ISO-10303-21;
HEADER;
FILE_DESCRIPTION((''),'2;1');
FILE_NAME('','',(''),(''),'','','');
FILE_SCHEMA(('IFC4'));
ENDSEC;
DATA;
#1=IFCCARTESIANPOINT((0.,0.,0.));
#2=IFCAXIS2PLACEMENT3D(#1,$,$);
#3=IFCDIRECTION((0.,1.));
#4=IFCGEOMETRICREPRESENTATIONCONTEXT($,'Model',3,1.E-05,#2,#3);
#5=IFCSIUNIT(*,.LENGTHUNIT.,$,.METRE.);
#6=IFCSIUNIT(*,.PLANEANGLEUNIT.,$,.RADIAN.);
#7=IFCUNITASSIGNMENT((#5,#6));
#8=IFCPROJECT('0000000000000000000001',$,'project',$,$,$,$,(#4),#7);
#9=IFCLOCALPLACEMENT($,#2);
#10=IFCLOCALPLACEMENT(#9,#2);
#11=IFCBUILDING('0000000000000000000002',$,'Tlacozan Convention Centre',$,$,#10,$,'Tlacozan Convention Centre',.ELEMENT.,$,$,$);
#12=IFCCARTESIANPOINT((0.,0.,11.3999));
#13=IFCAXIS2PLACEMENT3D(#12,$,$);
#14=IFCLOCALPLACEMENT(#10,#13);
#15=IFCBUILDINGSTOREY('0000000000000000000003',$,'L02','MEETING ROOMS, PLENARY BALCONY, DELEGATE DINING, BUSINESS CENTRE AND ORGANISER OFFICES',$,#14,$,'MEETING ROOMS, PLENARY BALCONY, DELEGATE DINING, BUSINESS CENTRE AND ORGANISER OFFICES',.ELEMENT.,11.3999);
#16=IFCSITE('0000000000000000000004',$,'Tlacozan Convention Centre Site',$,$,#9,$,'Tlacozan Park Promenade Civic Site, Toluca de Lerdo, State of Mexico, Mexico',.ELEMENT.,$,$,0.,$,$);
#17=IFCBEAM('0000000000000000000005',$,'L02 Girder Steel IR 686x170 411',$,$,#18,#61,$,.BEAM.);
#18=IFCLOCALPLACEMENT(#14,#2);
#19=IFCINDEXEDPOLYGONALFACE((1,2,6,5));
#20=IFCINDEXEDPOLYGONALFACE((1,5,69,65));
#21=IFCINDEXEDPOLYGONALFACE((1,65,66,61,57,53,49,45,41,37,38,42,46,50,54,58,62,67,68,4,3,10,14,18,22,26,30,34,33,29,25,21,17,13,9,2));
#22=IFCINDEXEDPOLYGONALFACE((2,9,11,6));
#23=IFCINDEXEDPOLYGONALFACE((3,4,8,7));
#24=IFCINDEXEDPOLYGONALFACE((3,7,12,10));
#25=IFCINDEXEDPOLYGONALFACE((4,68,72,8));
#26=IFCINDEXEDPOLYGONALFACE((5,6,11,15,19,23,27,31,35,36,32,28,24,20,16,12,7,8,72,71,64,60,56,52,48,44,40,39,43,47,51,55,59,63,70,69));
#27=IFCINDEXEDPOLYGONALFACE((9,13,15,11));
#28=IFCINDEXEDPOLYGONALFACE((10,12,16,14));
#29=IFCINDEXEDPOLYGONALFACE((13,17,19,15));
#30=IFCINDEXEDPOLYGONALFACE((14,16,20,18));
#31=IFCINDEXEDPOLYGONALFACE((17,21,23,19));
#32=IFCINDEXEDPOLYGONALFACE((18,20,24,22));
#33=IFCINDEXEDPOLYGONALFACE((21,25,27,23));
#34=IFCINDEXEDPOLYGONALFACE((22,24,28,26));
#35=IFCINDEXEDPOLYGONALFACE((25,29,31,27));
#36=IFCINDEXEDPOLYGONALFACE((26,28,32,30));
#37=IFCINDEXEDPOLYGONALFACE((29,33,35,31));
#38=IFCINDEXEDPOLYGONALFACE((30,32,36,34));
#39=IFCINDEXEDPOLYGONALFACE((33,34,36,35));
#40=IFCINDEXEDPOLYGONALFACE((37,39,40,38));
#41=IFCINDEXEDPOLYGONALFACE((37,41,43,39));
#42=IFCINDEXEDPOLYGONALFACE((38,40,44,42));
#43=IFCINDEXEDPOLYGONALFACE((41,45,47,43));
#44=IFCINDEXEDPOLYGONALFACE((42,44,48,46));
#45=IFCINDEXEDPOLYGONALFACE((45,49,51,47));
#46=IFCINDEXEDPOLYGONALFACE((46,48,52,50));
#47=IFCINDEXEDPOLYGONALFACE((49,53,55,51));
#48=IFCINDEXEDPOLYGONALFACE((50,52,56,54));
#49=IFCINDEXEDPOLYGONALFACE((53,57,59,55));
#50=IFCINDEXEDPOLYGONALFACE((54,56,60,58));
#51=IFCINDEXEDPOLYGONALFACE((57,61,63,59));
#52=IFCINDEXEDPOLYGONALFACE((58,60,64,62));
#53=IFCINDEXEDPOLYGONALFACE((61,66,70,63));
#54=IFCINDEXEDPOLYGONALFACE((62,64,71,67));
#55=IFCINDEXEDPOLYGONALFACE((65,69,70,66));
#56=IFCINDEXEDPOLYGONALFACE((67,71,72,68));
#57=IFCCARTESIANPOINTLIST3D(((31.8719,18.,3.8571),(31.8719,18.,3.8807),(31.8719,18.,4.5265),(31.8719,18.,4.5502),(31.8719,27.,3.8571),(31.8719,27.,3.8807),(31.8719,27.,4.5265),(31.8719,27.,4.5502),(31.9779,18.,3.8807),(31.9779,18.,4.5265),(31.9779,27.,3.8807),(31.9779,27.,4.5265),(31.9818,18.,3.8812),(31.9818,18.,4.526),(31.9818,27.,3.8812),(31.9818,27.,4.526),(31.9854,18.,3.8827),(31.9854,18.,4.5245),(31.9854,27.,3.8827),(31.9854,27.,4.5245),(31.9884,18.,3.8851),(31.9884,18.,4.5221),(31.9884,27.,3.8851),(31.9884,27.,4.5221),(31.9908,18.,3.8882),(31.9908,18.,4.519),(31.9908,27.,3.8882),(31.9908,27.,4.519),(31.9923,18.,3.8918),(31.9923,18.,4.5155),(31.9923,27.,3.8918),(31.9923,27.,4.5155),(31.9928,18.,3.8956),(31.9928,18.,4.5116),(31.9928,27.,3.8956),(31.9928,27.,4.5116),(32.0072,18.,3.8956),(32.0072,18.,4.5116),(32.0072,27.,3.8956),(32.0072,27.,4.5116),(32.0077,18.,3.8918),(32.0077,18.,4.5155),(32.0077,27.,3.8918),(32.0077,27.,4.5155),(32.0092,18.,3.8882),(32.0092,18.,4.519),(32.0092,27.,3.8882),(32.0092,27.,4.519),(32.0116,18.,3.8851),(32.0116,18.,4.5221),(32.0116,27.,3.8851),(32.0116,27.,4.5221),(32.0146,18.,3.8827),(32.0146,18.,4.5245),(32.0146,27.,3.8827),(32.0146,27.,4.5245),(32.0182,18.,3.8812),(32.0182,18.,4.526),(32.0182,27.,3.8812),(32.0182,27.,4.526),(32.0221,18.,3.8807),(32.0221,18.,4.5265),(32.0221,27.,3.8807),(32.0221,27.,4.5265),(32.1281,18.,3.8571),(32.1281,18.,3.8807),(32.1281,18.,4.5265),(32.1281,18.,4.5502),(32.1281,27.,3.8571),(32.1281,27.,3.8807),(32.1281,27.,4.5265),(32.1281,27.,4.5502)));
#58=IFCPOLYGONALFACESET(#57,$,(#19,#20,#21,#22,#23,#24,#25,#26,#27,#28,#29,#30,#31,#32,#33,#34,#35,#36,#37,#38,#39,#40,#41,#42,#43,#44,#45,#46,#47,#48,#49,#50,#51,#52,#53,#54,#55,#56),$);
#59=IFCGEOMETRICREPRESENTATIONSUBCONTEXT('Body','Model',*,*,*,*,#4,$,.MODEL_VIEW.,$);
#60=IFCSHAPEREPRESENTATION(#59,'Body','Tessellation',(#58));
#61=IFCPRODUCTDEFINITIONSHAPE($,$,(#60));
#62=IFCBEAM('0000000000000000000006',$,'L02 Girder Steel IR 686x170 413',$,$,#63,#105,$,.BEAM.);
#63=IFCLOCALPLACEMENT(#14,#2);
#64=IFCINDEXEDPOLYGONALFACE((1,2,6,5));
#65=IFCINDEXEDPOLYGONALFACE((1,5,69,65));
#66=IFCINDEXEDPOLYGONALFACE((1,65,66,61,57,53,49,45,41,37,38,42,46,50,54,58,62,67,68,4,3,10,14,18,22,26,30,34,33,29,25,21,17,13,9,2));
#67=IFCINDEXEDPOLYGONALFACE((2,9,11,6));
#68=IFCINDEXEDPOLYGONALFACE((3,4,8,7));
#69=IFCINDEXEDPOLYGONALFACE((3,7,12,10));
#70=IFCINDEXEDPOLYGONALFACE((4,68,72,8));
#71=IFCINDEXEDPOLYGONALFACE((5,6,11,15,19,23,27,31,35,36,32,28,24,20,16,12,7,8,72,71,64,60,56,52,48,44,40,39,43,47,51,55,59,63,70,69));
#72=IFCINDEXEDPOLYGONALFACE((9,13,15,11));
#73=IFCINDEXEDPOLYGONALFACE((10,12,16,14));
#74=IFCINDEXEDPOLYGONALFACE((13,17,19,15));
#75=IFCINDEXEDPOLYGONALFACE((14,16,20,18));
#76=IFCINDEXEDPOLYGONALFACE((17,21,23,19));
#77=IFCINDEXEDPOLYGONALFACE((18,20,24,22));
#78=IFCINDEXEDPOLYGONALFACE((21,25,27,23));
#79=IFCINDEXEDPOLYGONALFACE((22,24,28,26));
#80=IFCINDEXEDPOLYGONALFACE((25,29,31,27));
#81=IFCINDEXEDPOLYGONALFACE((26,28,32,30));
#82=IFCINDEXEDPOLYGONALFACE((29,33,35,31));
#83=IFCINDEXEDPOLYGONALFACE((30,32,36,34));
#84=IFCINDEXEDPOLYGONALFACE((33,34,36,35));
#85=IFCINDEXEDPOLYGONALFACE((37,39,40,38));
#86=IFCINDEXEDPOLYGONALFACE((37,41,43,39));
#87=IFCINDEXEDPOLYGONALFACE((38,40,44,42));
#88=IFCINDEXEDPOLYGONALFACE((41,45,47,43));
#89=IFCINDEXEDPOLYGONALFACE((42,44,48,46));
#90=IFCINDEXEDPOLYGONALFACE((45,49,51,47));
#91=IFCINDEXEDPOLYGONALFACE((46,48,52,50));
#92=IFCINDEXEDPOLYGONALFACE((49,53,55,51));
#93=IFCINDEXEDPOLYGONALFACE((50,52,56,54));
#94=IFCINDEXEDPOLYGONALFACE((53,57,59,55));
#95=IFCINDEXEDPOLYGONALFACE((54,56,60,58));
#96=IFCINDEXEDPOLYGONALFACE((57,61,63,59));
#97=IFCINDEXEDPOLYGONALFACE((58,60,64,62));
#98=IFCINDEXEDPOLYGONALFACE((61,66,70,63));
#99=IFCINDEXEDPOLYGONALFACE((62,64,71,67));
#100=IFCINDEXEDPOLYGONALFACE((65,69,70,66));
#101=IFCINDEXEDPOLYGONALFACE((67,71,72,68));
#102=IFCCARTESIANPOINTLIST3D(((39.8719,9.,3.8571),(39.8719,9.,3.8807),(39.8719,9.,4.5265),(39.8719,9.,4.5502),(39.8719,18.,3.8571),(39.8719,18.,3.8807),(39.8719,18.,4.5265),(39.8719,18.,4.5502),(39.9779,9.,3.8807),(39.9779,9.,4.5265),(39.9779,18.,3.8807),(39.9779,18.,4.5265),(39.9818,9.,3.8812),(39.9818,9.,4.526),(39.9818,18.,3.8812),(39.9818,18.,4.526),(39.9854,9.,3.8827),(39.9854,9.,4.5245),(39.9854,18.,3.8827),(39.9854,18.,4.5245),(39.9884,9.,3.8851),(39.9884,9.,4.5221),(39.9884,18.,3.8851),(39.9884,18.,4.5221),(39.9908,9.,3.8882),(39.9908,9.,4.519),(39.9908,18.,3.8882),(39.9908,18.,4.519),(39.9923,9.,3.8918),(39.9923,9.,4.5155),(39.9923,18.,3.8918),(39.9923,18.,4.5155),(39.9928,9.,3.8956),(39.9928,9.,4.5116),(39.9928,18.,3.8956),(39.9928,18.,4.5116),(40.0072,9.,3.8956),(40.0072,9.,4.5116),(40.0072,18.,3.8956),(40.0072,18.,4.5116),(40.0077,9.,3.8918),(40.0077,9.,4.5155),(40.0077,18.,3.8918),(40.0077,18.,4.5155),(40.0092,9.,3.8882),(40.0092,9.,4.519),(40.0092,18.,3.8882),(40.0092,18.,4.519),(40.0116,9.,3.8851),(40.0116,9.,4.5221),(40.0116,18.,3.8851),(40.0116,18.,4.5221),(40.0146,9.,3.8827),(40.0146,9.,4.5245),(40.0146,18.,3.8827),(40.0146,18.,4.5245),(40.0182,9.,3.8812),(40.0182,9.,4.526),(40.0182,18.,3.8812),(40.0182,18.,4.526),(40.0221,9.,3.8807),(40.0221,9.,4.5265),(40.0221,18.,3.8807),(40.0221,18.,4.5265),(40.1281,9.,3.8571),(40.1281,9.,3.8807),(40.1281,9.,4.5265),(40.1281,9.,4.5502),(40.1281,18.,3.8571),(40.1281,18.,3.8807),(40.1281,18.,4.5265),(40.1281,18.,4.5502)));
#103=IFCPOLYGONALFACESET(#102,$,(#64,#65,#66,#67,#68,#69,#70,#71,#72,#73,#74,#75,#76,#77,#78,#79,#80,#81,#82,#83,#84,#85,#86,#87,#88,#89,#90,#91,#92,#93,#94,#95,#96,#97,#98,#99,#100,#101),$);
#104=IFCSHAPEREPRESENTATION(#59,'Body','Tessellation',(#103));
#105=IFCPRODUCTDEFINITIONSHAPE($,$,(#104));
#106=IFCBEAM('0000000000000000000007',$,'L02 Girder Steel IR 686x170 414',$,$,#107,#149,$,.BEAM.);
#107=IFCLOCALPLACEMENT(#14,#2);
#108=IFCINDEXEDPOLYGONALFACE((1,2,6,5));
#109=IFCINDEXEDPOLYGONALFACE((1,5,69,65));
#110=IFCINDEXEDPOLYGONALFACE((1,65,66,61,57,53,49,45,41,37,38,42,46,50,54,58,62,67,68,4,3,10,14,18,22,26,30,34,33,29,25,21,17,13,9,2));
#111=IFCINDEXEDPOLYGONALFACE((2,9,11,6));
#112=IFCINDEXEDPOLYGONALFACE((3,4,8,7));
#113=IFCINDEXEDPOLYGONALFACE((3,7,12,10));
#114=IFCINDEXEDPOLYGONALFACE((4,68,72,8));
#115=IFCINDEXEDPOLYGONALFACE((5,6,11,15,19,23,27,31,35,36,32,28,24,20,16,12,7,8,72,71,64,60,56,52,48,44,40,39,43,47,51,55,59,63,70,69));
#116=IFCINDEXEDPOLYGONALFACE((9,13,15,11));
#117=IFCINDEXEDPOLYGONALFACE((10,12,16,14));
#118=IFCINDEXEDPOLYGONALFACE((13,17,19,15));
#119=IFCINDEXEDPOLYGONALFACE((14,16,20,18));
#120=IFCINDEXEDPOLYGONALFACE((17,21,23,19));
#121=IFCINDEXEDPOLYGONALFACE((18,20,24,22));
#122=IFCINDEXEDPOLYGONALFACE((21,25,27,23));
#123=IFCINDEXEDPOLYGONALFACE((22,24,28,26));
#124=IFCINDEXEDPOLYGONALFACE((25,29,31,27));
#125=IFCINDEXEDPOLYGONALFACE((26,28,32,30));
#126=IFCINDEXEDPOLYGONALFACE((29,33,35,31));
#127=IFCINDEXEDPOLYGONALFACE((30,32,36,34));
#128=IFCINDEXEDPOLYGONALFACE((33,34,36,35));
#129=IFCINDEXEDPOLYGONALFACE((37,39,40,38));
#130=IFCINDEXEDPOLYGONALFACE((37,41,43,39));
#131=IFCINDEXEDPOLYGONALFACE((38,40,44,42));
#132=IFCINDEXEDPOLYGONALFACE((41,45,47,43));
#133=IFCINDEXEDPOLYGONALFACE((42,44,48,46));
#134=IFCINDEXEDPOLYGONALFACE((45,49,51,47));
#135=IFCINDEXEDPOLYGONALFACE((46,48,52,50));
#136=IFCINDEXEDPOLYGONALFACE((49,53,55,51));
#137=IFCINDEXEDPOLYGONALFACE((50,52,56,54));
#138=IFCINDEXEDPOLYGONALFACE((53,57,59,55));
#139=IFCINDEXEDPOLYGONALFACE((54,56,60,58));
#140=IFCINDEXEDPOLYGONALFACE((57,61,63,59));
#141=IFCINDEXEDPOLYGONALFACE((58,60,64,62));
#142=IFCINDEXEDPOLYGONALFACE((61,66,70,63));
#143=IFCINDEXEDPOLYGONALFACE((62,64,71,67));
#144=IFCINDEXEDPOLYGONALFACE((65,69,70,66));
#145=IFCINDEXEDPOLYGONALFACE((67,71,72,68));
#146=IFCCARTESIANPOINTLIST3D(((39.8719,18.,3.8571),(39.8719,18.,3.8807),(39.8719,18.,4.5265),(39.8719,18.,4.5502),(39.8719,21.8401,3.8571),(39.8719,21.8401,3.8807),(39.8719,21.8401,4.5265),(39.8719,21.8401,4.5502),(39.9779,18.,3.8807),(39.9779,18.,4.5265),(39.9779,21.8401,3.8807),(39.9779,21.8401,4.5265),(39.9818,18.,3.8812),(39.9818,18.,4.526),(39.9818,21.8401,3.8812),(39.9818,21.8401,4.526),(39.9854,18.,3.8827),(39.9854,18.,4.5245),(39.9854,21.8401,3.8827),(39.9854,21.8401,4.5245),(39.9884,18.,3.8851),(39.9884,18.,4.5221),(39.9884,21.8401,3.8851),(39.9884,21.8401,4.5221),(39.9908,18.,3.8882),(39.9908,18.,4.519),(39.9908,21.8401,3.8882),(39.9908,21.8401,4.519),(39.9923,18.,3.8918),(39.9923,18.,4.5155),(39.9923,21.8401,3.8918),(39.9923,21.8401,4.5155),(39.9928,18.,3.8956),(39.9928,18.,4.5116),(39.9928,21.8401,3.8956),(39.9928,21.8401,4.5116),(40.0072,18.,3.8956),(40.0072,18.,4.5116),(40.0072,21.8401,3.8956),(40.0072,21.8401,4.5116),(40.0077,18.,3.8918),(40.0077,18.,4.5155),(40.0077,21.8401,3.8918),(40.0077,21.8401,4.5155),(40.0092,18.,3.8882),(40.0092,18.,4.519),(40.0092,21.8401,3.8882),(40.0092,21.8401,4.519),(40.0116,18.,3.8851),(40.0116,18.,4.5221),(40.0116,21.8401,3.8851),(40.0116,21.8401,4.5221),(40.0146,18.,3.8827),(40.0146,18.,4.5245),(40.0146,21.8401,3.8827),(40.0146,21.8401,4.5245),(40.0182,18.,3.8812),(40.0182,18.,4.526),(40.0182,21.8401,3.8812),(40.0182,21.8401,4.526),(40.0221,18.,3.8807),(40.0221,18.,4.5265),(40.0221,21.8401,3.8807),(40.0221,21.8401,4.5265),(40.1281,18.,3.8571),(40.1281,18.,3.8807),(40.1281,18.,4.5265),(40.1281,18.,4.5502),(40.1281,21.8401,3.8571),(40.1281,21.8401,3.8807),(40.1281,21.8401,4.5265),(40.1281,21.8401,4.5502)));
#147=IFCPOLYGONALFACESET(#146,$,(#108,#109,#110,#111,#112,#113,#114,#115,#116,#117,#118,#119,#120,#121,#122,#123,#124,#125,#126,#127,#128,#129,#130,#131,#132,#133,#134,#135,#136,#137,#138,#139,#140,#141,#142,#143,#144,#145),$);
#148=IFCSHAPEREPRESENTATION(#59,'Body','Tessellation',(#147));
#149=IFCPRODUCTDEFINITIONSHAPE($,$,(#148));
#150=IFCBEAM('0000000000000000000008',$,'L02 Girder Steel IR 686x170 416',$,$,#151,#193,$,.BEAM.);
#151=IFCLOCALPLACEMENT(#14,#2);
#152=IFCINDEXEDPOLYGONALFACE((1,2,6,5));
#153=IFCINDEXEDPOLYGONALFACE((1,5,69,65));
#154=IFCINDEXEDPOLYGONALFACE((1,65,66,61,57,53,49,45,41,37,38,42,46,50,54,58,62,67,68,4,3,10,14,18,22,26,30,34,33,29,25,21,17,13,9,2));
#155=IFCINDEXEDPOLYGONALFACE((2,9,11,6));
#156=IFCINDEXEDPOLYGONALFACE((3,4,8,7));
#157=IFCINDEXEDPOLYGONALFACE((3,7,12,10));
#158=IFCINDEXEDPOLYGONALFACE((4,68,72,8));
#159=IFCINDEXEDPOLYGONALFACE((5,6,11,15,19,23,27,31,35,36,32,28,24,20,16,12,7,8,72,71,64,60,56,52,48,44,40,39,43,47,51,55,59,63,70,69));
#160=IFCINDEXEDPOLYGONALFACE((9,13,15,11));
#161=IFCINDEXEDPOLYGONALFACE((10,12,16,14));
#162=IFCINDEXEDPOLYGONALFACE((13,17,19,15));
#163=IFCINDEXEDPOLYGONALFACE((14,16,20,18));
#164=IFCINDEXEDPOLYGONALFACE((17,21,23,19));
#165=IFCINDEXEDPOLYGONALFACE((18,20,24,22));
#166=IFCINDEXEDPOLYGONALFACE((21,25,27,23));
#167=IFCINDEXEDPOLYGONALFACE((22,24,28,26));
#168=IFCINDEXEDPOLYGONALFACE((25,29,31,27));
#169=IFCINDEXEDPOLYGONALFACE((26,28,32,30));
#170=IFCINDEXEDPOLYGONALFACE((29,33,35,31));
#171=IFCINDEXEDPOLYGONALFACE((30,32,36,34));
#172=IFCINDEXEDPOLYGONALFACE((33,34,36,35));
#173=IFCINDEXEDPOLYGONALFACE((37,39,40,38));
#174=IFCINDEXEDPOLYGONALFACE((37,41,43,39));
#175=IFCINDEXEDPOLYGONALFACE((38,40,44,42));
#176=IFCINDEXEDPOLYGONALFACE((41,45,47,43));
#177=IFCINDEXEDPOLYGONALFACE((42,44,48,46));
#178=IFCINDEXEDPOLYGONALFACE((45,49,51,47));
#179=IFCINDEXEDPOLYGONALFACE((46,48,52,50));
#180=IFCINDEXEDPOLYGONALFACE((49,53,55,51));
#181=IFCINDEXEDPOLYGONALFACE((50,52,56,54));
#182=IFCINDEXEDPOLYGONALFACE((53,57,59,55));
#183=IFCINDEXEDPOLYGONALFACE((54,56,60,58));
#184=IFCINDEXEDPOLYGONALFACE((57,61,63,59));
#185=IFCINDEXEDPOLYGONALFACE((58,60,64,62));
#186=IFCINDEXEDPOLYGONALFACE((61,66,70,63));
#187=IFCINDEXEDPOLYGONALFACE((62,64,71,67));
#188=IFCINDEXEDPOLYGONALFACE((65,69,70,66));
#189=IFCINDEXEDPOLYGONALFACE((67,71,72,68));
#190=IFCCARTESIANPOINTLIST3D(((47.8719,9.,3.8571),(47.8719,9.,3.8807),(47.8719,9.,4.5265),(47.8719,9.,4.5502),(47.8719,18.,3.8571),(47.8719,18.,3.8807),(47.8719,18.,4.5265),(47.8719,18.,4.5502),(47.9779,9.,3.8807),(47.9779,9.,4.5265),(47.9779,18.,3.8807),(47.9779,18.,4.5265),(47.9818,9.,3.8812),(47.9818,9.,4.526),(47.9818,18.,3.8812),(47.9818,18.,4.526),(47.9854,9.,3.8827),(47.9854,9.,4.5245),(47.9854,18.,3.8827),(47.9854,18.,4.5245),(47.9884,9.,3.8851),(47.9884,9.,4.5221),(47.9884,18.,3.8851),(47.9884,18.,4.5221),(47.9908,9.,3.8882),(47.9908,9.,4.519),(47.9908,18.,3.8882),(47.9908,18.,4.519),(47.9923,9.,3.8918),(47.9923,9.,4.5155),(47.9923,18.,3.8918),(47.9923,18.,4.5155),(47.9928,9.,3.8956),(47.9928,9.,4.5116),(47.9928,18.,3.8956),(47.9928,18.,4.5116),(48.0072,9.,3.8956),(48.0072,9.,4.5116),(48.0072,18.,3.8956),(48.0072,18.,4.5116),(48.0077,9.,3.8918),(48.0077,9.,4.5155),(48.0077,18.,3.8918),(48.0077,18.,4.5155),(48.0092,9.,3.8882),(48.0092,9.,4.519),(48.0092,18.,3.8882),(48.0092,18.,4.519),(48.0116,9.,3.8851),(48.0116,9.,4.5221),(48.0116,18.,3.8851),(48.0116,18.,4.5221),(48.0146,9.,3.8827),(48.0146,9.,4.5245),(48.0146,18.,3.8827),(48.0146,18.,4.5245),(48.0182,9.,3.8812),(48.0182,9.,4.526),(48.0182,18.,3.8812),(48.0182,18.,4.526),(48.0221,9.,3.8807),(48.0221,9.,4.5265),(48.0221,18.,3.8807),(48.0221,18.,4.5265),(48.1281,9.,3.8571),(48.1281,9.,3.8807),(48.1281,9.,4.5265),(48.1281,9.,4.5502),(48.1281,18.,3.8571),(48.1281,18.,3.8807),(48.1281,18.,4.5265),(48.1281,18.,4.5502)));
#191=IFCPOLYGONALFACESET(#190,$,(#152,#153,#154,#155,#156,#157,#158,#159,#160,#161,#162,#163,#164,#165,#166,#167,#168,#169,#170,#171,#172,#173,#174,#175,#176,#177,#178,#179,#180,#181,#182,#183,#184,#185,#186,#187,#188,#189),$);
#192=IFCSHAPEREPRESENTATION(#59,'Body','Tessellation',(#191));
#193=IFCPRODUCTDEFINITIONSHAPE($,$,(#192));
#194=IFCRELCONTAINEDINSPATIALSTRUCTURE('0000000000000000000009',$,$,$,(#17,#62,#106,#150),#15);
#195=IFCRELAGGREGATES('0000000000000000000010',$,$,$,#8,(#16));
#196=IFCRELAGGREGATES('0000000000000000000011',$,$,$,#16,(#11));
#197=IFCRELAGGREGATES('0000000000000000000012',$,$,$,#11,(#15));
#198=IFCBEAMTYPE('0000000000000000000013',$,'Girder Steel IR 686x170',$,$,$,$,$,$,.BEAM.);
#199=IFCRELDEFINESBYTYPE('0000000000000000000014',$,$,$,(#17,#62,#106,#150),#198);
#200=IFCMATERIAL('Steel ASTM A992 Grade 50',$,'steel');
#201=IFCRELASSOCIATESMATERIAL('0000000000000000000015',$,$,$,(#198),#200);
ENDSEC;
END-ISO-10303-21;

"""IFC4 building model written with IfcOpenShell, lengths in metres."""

from ifc_helpers import new_model, si_unit, direction, frame, origin, origin_2d, place, context, subcontext, project, spatial, i_section, extrude, material, material_profile, profile_set, type_object, element, save


model = new_model("IFC4")

# Units and contexts
model_context = context("Model", 3, precision=1e-05, world=origin(), true_north=direction((0.0, 1.0)))
body_context = subcontext(model_context, "Body", "Model", "MODEL_VIEW")
ifc_project = project(units=[si_unit("LENGTHUNIT", "METRE"), si_unit("PLANEANGLEUNIT", "RADIAN")], contexts=[model_context])

# Site, building, storey
site_placement = place(None, origin())
site = spatial("IfcSite", under=ifc_project, at=site_placement, Name="Tlacozan Convention Centre Site", LongName="Tlacozan Park Promenade Civic Site, Toluca de Lerdo, State of Mexico, Mexico", CompositionType="ELEMENT", RefElevation=0.0)
building_placement = place(site_placement, origin())
building = spatial("IfcBuilding", under=site, at=building_placement, Name="Tlacozan Convention Centre", LongName="Tlacozan Convention Centre", CompositionType="ELEMENT")
storey_placement = place(building_placement, frame((0.0, 0.0, 11.3999)))
storey = spatial("IfcBuildingStorey", under=building, at=storey_placement, Name="L02", Description="MEETING ROOMS, PLENARY BALCONY, DELEGATE DINING, BUSINESS CENTRE AND ORGANISER OFFICES", LongName="MEETING ROOMS, PLENARY BALCONY, DELEGATE DINING, BUSINESS CENTRE AND ORGANISER OFFICES", CompositionType="ELEMENT", Elevation=11.3999)

# Beams
ifc_material_1 = material(Name="Steel ASTM A992 Grade 50", Category="steel")
ifc_material_profile_1 = material_profile(ifc_material_1, i_section(OverallWidth=0.2561, OverallDepth=0.6931, WebThickness=0.0144, FlangeThickness=0.0237, FilletRadius=0.0149, at=origin_2d()), Name="IR 686x170.0")
ifc_profile_set_1 = profile_set([ifc_material_profile_1], Name="Steel ASTM A992 Grade 50")
beam_type_1 = type_object("IfcBeamType", Name="Girder Steel IR 686x170", PredefinedType="BEAM", material=ifc_profile_set_1)
for number, where, z_axis, x_axis, name in (
    (1, (32.0, 18.0, 4.2036), (0.0, 1.0, 0.0), (-1.0, 0.0, 0.0), "L02 Girder Steel IR 686x170 411"),
    (2, (40.0, 9.0, 4.2036), (0.0, 1.0, 0.0), (-1.0, 0.0, 0.0), "L02 Girder Steel IR 686x170 413"),
):
    element("IfcBeam", number, at=place(storey_placement, frame(where, z_axis=z_axis, x_axis=x_axis)), inside=storey, type_object=beam_type_1, Name=name, PredefinedType="BEAM", context=body_context, shape_type="SweptSolid", body=[
        extrude(i_section(OverallWidth=0.2561, OverallDepth=0.6931, WebThickness=0.0144, FlangeThickness=0.0237, FilletRadius=0.0149, at=origin_2d()), origin(), (0.0, 0.0, 1.0), 9.0),
    ])
beam_1_placement = place(storey_placement, frame((40.0, 18.0, 4.2036), z_axis=(0.0, 1.0, 0.0), x_axis=(-1.0, 0.0, 0.0)))
element("IfcBeam", 3, at=beam_1_placement, inside=storey, type_object=beam_type_1, Name="L02 Girder Steel IR 686x170 414", PredefinedType="BEAM", context=body_context, shape_type="SweptSolid", body=[
    extrude(i_section(OverallWidth=0.2561, OverallDepth=0.6931, WebThickness=0.0144, FlangeThickness=0.0237, FilletRadius=0.0149, at=origin_2d()), origin(), (0.0, 0.0, 1.0), 3.8401),
])
beam_2_placement = place(storey_placement, frame((48.0, 9.0, 4.2036), z_axis=(0.0, 1.0, 0.0), x_axis=(-1.0, 0.0, 0.0)))
element("IfcBeam", 4, at=beam_2_placement, inside=storey, type_object=beam_type_1, Name="L02 Girder Steel IR 686x170 416", PredefinedType="BEAM", context=body_context, shape_type="SweptSolid", body=[
    extrude(i_section(OverallWidth=0.2561, OverallDepth=0.6931, WebThickness=0.0144, FlangeThickness=0.0237, FilletRadius=0.0149, at=origin_2d()), origin(), (0.0, 0.0, 1.0), 9.0),
])

save(model, "model.ifc")
